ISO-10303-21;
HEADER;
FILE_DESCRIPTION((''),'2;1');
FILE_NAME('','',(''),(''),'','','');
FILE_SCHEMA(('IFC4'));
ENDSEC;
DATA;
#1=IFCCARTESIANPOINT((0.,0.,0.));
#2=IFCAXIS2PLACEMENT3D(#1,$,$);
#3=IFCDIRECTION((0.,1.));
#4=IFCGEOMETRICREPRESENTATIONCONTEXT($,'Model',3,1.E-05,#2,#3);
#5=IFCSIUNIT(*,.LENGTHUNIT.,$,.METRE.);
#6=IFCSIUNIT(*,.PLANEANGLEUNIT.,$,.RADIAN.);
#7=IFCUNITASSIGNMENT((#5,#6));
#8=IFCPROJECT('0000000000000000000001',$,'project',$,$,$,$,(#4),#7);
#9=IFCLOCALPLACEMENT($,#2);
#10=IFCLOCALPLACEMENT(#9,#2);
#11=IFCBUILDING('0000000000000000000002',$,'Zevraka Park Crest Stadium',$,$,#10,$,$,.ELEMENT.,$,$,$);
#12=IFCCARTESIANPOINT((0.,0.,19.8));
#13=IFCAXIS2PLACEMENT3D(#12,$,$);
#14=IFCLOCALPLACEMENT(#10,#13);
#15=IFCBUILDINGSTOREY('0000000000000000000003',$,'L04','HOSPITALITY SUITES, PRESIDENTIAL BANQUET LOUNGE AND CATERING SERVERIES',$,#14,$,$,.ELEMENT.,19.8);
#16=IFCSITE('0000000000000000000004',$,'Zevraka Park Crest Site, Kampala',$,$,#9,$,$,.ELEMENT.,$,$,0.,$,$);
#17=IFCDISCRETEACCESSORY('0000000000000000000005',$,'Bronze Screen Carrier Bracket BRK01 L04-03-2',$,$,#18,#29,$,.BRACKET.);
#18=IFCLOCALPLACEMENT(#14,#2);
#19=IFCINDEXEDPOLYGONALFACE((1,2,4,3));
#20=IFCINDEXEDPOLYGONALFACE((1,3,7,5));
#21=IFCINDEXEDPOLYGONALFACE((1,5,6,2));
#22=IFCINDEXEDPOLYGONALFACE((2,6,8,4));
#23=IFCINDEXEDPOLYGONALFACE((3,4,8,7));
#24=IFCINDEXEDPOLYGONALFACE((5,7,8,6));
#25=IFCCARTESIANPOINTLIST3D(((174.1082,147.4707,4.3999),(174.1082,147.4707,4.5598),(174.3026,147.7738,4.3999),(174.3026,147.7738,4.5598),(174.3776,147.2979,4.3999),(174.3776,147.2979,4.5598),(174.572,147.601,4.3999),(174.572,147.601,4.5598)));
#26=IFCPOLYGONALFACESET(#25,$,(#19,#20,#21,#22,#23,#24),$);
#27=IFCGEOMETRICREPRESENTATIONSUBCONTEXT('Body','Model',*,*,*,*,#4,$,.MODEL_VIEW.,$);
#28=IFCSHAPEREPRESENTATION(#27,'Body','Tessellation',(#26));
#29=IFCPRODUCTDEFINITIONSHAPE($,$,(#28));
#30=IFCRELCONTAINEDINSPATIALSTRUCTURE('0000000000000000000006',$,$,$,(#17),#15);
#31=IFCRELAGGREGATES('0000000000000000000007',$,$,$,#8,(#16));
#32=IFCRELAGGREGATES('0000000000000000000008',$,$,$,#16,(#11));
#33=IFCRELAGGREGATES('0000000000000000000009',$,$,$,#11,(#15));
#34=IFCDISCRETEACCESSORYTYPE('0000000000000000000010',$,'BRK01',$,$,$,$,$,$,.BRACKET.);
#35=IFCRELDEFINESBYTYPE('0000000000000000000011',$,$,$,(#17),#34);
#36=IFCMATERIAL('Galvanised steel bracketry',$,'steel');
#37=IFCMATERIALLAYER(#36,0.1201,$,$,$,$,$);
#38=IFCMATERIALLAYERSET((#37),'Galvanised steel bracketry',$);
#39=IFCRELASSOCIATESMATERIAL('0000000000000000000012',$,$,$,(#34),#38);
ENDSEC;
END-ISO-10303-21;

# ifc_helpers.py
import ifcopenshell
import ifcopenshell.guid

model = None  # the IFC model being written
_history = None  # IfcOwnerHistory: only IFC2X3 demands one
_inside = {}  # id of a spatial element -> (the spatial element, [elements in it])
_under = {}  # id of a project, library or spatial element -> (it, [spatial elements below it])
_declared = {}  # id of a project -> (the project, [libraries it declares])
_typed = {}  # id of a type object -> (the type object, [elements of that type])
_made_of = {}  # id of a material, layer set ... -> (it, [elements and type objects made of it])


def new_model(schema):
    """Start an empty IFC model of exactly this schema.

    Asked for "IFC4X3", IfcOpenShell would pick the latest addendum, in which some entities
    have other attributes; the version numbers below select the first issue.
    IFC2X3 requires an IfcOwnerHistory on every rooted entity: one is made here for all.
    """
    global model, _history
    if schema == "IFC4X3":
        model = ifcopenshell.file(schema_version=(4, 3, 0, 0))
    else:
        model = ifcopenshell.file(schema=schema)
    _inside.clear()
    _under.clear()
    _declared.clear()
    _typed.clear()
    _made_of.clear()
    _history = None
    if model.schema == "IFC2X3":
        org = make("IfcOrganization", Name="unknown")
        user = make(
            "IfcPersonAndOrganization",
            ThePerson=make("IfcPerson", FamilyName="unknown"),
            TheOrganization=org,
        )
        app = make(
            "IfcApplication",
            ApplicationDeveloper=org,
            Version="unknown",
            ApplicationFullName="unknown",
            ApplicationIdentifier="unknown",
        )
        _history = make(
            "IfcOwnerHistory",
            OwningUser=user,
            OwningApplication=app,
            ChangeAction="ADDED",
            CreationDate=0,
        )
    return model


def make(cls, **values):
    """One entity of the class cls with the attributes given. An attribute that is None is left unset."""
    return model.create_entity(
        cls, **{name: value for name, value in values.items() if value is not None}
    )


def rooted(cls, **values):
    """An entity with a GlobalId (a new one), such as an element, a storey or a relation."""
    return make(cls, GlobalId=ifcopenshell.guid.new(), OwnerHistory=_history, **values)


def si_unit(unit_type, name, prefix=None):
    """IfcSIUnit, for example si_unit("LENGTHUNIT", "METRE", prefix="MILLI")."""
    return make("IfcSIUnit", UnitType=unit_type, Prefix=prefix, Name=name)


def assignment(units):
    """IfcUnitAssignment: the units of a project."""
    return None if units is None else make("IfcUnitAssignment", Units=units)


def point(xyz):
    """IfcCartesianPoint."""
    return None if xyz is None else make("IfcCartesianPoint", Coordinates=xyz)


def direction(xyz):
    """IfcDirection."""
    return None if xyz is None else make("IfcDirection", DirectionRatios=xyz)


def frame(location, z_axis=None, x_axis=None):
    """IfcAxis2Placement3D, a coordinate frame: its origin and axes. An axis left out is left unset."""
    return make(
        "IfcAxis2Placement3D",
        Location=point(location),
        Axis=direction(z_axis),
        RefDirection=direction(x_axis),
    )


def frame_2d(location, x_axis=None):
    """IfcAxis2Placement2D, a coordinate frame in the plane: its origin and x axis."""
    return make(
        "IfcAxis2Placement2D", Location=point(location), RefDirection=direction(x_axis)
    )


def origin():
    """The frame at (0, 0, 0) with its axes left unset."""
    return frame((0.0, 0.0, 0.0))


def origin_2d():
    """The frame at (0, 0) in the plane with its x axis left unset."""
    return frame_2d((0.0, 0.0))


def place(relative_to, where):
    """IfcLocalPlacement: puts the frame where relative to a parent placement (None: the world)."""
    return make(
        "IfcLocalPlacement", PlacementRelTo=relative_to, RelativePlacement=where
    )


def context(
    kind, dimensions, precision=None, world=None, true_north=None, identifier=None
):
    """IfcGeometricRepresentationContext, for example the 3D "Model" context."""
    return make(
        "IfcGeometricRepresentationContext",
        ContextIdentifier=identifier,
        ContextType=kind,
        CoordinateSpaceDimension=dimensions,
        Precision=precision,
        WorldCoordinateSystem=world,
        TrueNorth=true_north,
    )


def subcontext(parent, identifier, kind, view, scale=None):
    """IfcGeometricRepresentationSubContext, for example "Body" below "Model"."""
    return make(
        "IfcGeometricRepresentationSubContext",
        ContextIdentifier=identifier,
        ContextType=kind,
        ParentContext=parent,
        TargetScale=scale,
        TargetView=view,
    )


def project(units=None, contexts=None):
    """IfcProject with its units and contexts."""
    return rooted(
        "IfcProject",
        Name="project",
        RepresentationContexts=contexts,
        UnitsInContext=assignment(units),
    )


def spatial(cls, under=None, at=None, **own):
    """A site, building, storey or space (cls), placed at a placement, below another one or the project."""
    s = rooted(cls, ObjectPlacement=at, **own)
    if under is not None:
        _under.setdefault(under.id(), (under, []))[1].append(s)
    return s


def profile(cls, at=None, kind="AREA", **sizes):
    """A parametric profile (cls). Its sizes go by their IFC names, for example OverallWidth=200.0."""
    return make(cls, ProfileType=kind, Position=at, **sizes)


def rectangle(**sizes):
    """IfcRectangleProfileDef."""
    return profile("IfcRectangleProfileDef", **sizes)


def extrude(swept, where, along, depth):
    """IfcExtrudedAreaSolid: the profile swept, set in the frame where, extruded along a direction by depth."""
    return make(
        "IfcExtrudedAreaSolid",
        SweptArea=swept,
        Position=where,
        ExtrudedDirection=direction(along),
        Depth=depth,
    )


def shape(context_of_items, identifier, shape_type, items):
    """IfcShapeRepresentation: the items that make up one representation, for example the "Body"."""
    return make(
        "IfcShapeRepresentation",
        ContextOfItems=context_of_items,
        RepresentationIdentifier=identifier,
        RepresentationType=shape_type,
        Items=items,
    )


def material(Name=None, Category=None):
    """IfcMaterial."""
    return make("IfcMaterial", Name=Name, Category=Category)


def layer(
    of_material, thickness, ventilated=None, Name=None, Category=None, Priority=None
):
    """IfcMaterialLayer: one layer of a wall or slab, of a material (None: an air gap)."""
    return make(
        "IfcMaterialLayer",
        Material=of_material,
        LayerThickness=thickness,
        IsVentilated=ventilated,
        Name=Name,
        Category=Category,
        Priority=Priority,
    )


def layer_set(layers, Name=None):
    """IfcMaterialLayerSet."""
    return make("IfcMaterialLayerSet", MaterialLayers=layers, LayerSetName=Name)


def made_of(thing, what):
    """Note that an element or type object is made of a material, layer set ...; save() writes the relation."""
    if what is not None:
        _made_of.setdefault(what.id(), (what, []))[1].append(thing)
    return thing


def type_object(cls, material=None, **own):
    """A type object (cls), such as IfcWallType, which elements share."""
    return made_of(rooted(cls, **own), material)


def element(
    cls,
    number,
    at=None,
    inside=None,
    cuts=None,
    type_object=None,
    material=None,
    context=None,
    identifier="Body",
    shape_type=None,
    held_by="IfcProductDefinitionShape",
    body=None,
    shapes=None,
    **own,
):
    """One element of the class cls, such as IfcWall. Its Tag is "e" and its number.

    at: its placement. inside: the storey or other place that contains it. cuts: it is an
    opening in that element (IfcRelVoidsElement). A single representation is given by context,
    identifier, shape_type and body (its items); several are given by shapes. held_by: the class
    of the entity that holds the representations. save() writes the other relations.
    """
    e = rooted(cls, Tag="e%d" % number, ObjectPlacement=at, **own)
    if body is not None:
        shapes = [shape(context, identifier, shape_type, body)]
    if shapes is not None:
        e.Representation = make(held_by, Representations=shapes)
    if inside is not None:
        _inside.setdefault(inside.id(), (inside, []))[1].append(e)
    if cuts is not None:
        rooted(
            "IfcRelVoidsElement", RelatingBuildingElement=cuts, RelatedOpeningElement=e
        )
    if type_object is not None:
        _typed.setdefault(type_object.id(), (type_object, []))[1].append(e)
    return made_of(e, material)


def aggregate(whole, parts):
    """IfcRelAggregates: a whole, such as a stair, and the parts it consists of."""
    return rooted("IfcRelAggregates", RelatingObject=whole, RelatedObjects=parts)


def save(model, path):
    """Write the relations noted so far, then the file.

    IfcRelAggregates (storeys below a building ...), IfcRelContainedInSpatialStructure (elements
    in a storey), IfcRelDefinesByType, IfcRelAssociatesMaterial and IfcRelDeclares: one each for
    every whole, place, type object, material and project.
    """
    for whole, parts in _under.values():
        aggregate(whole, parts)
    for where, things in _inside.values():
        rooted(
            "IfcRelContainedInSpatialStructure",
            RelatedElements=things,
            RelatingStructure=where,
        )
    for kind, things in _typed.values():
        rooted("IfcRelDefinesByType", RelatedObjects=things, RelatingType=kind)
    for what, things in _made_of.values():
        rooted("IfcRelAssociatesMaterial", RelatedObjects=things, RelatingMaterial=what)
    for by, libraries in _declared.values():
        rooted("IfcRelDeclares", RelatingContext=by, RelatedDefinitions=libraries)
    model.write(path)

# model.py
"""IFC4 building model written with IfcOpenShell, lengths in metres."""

from ifc_helpers import new_model, si_unit, direction, frame, origin, origin_2d, place, context, subcontext, project, spatial, rectangle, extrude, material, layer, layer_set, type_object, element, save


model = new_model("IFC4")

# Units and contexts
model_context = context("Model", 3, precision=1e-05, world=origin(), true_north=direction((0.0, 1.0)))
body_context = subcontext(model_context, "Body", "Model", "MODEL_VIEW")
ifc_project = project(units=[si_unit("LENGTHUNIT", "METRE"), si_unit("PLANEANGLEUNIT", "RADIAN")], contexts=[model_context])

# Site, building, storey
site_placement = place(None, origin())
site = spatial("IfcSite", under=ifc_project, at=site_placement, Name="Zevraka Park Crest Site, Kampala", CompositionType="ELEMENT", RefElevation=0.0)
building_placement = place(site_placement, origin())
building = spatial("IfcBuilding", under=site, at=building_placement, Name="Zevraka Park Crest Stadium", CompositionType="ELEMENT")
storey_placement = place(building_placement, frame((0.0, 0.0, 19.8)))
storey = spatial("IfcBuildingStorey", under=building, at=storey_placement, Name="L04", Description="HOSPITALITY SUITES, PRESIDENTIAL BANQUET LOUNGE AND CATERING SERVERIES", CompositionType="ELEMENT", Elevation=19.8)

# Discrete accessory
ifc_material_1 = material(Name="Galvanised steel bracketry", Category="steel")
ifc_layer_1 = layer(ifc_material_1, 0.1201)
ifc_layer_set_1 = layer_set([ifc_layer_1], Name="Galvanised steel bracketry")
discrete_accessory_type = type_object("IfcDiscreteAccessoryType", Name="BRK01", PredefinedType="BRACKET", material=ifc_layer_set_1)
for number, where, z_axis, x_axis, name in (
    (1, (174.3401, 147.5359, 4.3999), (0.0, 0.0, 1.0), (-0.841699, 0.539947, 0.0), "Bronze Screen Carrier Bracket BRK01 L04-03-2"),
):
    element("IfcDiscreteAccessory", number, at=place(storey_placement, frame(where, z_axis=z_axis, x_axis=x_axis)), inside=storey, type_object=discrete_accessory_type, Name=name, PredefinedType="BRACKET", context=body_context, shape_type="SweptSolid", body=[
        extrude(rectangle(XDim=0.3201, YDim=0.3601, at=origin_2d()), origin(), (0.0, 0.0, 1.0), 0.1599),
    ])

save(model, "model.ifc")
